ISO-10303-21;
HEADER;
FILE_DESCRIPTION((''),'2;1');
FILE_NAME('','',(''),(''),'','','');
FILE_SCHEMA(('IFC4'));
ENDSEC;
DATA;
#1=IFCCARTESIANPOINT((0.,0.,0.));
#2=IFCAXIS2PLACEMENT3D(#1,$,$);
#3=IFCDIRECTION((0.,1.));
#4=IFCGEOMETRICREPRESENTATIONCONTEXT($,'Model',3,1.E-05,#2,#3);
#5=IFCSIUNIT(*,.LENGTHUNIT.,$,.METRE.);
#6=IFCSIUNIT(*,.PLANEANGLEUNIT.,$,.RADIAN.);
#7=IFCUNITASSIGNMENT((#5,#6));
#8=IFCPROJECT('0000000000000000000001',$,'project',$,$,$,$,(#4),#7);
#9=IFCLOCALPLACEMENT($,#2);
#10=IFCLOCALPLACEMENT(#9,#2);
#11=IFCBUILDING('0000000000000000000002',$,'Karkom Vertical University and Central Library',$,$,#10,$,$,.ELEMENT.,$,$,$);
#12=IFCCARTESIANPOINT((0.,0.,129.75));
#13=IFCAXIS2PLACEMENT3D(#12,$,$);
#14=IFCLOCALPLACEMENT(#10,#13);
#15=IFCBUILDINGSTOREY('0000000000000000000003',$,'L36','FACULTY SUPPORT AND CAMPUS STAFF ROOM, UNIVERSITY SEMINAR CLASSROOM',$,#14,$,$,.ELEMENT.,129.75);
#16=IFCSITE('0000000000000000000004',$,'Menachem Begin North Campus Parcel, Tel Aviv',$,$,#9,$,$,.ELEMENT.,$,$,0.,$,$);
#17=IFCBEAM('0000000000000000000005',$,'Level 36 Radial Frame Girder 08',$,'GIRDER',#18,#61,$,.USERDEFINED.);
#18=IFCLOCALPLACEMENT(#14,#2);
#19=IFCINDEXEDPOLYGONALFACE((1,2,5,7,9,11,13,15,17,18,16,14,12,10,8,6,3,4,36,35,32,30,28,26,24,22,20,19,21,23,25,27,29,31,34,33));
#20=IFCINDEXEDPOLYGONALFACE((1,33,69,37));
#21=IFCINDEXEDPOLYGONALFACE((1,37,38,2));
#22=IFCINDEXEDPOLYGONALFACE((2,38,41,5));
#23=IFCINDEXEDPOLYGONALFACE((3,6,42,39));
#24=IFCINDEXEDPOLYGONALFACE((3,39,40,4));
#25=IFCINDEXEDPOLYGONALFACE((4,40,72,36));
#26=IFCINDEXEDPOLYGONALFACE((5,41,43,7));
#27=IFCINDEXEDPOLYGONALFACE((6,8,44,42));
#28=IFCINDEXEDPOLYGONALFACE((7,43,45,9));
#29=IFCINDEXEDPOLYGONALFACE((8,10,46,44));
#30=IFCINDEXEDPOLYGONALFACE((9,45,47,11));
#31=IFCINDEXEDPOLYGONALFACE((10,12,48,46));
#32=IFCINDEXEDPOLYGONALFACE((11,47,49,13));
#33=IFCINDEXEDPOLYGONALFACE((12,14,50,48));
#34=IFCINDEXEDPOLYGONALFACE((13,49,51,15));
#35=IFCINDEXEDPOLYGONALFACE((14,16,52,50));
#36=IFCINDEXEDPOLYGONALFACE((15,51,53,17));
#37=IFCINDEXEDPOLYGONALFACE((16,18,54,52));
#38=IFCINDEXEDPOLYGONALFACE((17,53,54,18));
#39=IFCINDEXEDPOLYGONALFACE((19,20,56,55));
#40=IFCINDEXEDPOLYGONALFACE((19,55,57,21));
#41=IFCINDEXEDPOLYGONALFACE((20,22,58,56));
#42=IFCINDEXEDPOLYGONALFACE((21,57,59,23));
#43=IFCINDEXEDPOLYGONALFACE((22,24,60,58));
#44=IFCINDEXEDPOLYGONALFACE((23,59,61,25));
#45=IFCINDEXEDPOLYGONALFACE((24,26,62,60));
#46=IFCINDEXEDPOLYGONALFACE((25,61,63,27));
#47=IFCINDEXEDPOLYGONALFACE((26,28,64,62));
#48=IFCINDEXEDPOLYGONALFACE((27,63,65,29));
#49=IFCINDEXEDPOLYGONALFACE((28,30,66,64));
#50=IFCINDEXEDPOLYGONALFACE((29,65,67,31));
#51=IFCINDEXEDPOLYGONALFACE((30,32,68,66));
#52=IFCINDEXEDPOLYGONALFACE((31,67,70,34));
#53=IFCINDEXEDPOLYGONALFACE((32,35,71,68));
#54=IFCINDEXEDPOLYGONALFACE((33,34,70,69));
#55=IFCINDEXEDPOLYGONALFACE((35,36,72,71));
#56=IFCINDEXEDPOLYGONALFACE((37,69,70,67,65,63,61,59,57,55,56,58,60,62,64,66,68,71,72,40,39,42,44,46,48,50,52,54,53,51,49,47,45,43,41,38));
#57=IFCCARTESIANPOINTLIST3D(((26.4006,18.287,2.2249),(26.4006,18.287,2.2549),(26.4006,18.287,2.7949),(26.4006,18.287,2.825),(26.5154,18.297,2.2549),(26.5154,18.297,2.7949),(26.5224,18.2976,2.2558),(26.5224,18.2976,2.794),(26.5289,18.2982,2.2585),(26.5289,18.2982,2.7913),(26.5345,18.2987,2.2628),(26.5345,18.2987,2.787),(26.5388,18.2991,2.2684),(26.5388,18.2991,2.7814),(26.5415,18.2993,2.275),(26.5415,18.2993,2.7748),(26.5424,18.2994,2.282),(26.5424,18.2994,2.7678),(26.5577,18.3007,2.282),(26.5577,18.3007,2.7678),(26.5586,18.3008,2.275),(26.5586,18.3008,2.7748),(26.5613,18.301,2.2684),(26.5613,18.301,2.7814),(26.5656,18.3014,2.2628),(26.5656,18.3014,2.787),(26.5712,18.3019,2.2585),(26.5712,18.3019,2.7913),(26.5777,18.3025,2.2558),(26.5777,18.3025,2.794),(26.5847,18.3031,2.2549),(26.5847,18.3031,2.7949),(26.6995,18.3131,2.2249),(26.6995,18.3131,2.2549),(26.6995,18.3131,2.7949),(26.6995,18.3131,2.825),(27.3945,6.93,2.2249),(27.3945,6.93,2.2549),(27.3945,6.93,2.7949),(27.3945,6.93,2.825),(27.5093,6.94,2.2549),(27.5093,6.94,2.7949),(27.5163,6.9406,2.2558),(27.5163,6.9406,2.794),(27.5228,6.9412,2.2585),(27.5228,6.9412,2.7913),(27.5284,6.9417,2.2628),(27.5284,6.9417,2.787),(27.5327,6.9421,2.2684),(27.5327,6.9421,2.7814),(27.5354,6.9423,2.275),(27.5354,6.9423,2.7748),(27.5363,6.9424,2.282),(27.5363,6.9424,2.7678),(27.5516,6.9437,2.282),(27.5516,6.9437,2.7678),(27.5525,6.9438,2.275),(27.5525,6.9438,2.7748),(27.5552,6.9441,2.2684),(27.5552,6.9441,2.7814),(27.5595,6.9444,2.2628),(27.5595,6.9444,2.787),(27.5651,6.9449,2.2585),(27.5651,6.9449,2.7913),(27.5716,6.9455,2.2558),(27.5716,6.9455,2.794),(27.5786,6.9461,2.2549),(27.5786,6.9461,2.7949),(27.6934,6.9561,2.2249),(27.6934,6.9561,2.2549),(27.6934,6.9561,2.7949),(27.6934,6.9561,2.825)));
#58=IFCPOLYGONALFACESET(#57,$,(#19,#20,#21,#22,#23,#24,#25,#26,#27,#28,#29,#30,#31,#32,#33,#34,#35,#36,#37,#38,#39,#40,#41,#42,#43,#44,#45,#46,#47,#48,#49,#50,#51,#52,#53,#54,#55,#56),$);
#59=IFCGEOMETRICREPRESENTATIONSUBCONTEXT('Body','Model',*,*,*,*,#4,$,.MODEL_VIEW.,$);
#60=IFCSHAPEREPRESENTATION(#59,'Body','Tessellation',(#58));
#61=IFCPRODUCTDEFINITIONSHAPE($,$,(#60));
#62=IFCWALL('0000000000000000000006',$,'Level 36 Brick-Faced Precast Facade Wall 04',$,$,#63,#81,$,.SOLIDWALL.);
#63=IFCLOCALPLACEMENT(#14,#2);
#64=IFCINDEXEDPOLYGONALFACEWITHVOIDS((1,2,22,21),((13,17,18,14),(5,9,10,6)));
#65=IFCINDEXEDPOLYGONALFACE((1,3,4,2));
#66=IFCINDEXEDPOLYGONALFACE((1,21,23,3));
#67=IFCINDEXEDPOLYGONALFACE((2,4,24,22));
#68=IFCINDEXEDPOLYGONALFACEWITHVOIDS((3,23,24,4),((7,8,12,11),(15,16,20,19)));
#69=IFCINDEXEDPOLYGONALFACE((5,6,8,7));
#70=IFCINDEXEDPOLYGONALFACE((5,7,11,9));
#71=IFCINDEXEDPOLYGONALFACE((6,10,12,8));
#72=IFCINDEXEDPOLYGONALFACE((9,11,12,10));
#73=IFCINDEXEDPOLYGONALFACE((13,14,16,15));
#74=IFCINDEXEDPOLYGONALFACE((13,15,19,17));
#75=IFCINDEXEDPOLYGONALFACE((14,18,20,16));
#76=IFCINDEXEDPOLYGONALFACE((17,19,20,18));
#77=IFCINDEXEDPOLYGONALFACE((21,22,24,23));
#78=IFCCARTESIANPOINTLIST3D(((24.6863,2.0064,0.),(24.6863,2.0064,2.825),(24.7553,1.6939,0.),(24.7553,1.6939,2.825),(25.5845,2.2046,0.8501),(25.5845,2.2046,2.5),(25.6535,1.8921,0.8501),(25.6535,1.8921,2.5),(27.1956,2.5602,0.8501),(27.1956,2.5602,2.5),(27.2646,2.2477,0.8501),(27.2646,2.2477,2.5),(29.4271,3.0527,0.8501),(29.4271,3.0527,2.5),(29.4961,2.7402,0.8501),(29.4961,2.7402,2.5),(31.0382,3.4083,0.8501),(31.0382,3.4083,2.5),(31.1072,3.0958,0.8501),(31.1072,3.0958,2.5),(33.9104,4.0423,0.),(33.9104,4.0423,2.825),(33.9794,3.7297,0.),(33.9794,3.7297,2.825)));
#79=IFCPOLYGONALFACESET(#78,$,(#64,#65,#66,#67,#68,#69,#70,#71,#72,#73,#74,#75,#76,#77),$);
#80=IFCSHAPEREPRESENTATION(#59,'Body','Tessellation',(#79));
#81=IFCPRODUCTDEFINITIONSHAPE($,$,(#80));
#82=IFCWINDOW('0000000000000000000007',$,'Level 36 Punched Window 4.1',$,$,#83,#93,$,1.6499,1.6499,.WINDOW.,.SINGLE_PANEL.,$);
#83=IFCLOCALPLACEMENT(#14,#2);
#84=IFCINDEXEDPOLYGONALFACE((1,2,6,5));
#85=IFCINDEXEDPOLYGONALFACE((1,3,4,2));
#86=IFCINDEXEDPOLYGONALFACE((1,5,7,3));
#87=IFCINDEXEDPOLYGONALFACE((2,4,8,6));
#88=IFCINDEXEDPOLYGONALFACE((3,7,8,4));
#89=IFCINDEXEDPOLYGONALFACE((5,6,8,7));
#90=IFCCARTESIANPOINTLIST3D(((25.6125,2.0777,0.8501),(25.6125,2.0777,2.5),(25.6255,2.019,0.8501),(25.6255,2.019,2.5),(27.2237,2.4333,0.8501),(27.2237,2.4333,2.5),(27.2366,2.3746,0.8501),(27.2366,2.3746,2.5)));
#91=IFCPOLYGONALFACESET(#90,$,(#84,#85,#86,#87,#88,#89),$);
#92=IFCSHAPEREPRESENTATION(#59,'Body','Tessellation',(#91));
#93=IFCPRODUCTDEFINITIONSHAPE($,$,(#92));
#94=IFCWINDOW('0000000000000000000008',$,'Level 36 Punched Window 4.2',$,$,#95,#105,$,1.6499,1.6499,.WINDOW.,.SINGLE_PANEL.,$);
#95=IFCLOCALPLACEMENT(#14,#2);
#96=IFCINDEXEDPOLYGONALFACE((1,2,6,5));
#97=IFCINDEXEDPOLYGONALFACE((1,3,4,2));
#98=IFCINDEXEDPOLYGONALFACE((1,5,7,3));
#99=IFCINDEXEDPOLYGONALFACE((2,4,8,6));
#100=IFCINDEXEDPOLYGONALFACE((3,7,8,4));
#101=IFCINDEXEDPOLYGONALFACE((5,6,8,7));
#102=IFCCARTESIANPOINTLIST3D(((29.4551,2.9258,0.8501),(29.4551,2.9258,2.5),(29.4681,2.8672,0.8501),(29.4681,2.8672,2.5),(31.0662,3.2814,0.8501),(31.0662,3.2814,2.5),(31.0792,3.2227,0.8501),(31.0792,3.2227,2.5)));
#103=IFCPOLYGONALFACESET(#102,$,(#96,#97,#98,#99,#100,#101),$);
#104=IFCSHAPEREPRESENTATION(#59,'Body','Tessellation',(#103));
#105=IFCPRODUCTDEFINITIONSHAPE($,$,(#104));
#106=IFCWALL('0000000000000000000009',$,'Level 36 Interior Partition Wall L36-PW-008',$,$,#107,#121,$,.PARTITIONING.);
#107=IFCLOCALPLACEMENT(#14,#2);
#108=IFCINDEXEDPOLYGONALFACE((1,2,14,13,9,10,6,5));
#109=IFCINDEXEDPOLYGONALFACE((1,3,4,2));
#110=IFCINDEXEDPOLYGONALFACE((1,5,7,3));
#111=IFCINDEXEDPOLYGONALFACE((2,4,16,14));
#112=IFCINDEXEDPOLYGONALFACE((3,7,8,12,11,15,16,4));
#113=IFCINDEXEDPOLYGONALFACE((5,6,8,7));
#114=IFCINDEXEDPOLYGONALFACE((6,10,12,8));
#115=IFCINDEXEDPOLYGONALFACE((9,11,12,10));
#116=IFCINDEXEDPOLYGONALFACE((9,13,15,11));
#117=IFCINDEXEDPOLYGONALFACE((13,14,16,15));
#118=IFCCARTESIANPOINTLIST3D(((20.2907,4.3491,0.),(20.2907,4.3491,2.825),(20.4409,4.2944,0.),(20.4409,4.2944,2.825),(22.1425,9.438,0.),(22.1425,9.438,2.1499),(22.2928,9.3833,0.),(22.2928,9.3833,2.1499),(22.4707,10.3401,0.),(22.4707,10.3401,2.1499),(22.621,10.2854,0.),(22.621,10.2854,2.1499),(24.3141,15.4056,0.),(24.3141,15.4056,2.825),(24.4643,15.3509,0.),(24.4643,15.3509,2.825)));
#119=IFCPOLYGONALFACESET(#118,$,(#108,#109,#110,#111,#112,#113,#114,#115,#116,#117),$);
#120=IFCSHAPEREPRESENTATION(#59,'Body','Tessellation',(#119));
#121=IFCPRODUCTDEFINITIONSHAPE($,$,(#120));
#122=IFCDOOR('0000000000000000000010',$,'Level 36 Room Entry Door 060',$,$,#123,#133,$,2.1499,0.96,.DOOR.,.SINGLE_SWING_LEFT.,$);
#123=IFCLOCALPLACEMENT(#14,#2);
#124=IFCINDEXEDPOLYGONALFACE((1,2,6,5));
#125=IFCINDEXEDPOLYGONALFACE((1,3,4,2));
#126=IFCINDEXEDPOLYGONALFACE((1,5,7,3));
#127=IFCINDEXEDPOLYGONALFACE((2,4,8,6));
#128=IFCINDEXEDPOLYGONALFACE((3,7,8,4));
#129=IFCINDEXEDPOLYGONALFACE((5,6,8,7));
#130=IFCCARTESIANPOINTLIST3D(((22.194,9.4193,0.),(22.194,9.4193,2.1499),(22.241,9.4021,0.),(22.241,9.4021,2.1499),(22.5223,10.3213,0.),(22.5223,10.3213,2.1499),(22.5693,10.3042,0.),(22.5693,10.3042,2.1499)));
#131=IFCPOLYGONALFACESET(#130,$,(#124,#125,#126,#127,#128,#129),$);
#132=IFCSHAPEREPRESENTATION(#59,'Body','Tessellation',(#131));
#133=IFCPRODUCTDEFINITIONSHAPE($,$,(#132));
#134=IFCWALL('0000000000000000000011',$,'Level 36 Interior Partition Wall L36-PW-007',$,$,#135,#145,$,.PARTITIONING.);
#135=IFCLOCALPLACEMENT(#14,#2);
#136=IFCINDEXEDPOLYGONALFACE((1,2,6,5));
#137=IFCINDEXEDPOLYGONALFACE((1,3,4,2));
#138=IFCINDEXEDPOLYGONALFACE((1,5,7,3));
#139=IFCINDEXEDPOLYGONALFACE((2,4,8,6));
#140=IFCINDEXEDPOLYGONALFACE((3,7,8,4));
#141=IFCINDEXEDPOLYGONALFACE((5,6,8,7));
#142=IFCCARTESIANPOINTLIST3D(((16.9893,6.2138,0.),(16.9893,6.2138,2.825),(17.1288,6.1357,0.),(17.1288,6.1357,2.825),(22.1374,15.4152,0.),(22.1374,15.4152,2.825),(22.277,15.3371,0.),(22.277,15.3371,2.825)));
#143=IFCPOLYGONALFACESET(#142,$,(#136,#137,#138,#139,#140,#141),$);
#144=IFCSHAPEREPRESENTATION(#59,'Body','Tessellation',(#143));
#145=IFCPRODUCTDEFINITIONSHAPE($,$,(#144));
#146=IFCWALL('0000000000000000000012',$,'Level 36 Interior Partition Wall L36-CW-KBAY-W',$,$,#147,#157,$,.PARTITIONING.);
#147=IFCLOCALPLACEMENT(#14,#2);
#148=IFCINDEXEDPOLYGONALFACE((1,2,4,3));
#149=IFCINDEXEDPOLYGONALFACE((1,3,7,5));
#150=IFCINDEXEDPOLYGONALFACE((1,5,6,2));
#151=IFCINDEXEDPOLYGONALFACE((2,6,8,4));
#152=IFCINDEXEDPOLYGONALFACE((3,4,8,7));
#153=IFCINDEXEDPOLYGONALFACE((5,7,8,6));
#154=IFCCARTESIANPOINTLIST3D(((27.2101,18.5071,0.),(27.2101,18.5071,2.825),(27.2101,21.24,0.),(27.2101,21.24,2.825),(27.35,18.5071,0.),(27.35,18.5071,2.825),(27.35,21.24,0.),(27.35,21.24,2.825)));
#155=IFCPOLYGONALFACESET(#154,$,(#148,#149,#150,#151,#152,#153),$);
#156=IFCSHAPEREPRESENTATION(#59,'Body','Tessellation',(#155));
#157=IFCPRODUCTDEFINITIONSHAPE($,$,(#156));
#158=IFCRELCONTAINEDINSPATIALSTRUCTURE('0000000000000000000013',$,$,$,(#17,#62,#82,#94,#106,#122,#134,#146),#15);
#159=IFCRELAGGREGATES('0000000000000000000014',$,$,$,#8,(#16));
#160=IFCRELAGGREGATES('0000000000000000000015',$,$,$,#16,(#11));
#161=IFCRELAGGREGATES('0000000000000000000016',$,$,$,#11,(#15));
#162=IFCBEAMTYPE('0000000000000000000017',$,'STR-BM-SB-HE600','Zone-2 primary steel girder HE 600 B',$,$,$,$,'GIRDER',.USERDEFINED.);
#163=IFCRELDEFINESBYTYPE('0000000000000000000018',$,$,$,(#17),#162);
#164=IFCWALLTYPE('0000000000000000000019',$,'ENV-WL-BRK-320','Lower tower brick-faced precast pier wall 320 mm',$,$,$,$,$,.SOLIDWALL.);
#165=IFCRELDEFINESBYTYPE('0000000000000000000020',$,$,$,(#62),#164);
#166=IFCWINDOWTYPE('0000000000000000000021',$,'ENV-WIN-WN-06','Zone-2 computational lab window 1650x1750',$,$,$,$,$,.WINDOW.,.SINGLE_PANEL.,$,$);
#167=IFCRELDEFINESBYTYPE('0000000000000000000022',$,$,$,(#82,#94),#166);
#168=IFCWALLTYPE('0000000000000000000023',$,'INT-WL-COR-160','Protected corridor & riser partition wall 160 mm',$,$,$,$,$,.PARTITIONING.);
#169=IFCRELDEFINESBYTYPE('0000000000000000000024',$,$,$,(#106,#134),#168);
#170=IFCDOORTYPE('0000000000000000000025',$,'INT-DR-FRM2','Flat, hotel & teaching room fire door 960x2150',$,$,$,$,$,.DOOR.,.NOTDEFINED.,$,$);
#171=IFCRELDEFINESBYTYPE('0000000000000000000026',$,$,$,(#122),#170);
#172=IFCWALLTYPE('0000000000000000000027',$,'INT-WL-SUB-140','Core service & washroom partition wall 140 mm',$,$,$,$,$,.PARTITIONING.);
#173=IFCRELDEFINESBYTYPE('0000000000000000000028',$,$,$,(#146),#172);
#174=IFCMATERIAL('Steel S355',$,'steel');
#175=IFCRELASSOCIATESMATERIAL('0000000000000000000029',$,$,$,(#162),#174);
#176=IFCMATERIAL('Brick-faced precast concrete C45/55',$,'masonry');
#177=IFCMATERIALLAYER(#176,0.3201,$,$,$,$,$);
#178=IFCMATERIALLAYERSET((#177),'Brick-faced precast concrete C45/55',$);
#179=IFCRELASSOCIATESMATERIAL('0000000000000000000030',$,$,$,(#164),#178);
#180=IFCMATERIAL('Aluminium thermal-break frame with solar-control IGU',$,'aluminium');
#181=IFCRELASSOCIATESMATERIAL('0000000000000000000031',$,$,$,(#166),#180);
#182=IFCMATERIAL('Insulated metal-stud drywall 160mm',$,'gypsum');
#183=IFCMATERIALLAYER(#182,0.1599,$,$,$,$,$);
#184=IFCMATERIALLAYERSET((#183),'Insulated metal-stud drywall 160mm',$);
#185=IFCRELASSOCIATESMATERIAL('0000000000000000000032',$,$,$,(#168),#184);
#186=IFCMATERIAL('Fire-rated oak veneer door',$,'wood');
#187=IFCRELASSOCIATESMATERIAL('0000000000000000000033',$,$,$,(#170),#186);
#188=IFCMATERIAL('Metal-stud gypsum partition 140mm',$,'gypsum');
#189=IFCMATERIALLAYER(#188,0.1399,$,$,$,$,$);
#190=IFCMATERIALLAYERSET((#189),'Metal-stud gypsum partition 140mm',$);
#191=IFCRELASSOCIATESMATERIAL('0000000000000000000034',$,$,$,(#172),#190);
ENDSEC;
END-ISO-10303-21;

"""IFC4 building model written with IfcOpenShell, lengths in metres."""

from ifc_helpers import new_model, si_unit, direction, frame, frame_2d, origin, origin_with_axes, origin_2d, place, context, subcontext, project, spatial, rectangle, i_section, extrude, source, transform, mapped, material, layer, layer_set, material_profile, profile_set, type_object, element, fill, save


model = new_model("IFC4")

# Units and contexts
model_context = context("Model", 3, precision=1e-05, world=origin(), true_north=direction((0.0, 1.0)))
body_context = subcontext(model_context, "Body", "Model", "MODEL_VIEW")
ifc_project = project(units=[si_unit("LENGTHUNIT", "METRE"), si_unit("PLANEANGLEUNIT", "RADIAN")], contexts=[model_context])

# Site, building, storey
site_placement = place(None, origin())
site = spatial("IfcSite", under=ifc_project, at=site_placement, Name="Menachem Begin North Campus Parcel, Tel Aviv", CompositionType="ELEMENT", RefElevation=0.0)
building_placement = place(site_placement, origin())
building = spatial("IfcBuilding", under=site, at=building_placement, Name="Karkom Vertical University and Central Library", CompositionType="ELEMENT")
storey_placement = place(building_placement, frame((0.0, 0.0, 129.75)))
storey = spatial("IfcBuildingStorey", under=building, at=storey_placement, Name="L36", Description="FACULTY SUPPORT AND CAMPUS STAFF ROOM, UNIVERSITY SEMINAR CLASSROOM", CompositionType="ELEMENT", Elevation=129.75)

# Beam
ifc_material_1 = material(Name="Steel S355", Category="steel")
ifc_material_profile_1 = material_profile(ifc_material_1, i_section(OverallWidth=0.3, OverallDepth=0.6001, WebThickness=0.0154, FlangeThickness=0.03, FilletRadius=0.0271, at=origin_2d()), Name="HE 600 B")
ifc_profile_set_1 = profile_set([ifc_material_profile_1], Name="Steel S355")
beam_type_1 = type_object("IfcBeamType", Name="STR-BM-SB-HE600", Description="Zone-2 primary steel girder HE 600 B", ElementType="GIRDER", PredefinedType="USERDEFINED", material=ifc_profile_set_1)
shared_shape_1 = source(origin_with_axes(), body_context, "Body", "SweptSolid", [
    extrude(i_section(OverallWidth=0.3, OverallDepth=0.6001, WebThickness=0.0154, FlangeThickness=0.03, FilletRadius=0.0271, at=origin_2d()), origin(), (0.0, 0.0, 1.0), 11.4004),
])
beam_1_placement = place(storey_placement, frame((26.55, 18.3, 2.5249), z_axis=(0.087181, -0.996192, 0.0), x_axis=(0.996192, 0.087181, 0.0)))
element("IfcBeam", 1, at=beam_1_placement, inside=storey, type_object=beam_type_1, Name="Level 36 Radial Frame Girder 08", ObjectType="GIRDER", PredefinedType="USERDEFINED", context=body_context, shape_type="MappedRepresentation", body=[
    mapped(shared_shape_1, transform((0.0, 0.0, 0.0), scale=1.0)),
])

# Wall, openings, windows
ifc_material_2 = material(Name="Brick-faced precast concrete C45/55", Category="masonry")
ifc_layer_1 = layer(ifc_material_2, 0.3201)
ifc_layer_set_1 = layer_set([ifc_layer_1], Name="Brick-faced precast concrete C45/55")
wall_type_1 = type_object("IfcWallType", Name="ENV-WL-BRK-320", Description="Lower tower brick-faced precast pier wall 320 mm", PredefinedType="SOLIDWALL", material=ifc_layer_set_1)
wall_1_placement = place(storey_placement, frame((24.7207, 1.8501, 0.0), z_axis=(0.0, 0.0, 1.0), x_axis=(0.976498, 0.215526, 0.0)))
wall_1 = element("IfcWall", 2, at=wall_1_placement, inside=storey, type_object=wall_type_1, Name="Level 36 Brick-Faced Precast Facade Wall 04", PredefinedType="SOLIDWALL", context=body_context, shape_type="SweptSolid", body=[
    extrude(rectangle(XDim=9.446, YDim=0.3201, at=frame_2d((4.7231, 0.0))), origin(), (0.0, 0.0, 1.0), 2.825),
])
opening_1_placement = place(wall_1_placement, frame((0.9199, 0.0, 0.8501)))
opening_1 = element("IfcOpeningElement", 3, at=opening_1_placement, cuts=wall_1, PredefinedType="OPENING", context=body_context, shape_type="SweptSolid", body=[
    extrude(rectangle(XDim=1.6499, YDim=1.6499, at=frame_2d((0.825, 0.825))), frame((0.0, 0.1699, 0.0), z_axis=(0.0, -1.0, 0.0), x_axis=(1.0, 0.0, 0.0)), (0.0, 0.0, 1.0), 0.3401),
])
opening_2_placement = place(wall_1_placement, frame((4.855, 0.0, 0.8501)))
opening_2 = element("IfcOpeningElement", 4, at=opening_2_placement, cuts=wall_1, PredefinedType="OPENING", context=body_context, shape_type="SweptSolid", body=[
    extrude(rectangle(XDim=1.6499, YDim=1.6499, at=frame_2d((0.825, 0.825))), frame((0.0, 0.1699, 0.0), z_axis=(0.0, -1.0, 0.0), x_axis=(1.0, 0.0, 0.0)), (0.0, 0.0, 1.0), 0.3401),
])
ifc_material_3 = material(Name="Aluminium thermal-break frame with solar-control IGU", Category="aluminium")
window_type = type_object("IfcWindowType", Name="ENV-WIN-WN-06", Description="Zone-2 computational lab window 1650x1750", PartitioningType="SINGLE_PANEL", PredefinedType="WINDOW", material=ifc_material_3)
shared_shape_2 = source(origin_with_axes(), body_context, "Body", "SweptSolid", [
    extrude(rectangle(XDim=1.6499, YDim=1.6499, at=frame_2d((0.825, 0.825))), frame((0.0, 0.03, 0.0), z_axis=(0.0, -1.0, 0.0), x_axis=(1.0, 0.0, 0.0)), (0.0, 0.0, 1.0), 0.0601),
])
window_1_placement = place(opening_1_placement, origin())
window_1 = element("IfcWindow", 5, at=window_1_placement, inside=storey, type_object=window_type, Name="Level 36 Punched Window 4.1", OverallHeight=1.6499, OverallWidth=1.6499, PartitioningType="SINGLE_PANEL", PredefinedType="WINDOW", context=body_context, shape_type="MappedRepresentation", body=[
    mapped(shared_shape_2, transform((0.0, 0.0, 0.0), scale=1.0)),
])
fill(opening_1, window_1)
window_2_placement = place(opening_2_placement, origin())
window_2 = element("IfcWindow", 6, at=window_2_placement, inside=storey, type_object=window_type, Name="Level 36 Punched Window 4.2", OverallHeight=1.6499, OverallWidth=1.6499, PartitioningType="SINGLE_PANEL", PredefinedType="WINDOW", context=body_context, shape_type="MappedRepresentation", body=[
    mapped(shared_shape_2, transform((0.0, 0.0, 0.0), scale=1.0)),
])
fill(opening_2, window_2)

# Wall, opening, door
ifc_material_4 = material(Name="Insulated metal-stud drywall 160mm", Category="gypsum")
ifc_layer_2 = layer(ifc_material_4, 0.1599)
ifc_layer_set_2 = layer_set([ifc_layer_2], Name="Insulated metal-stud drywall 160mm")
wall_type_2 = type_object("IfcWallType", Name="INT-WL-COR-160", Description="Protected corridor & riser partition wall 160 mm", PredefinedType="PARTITIONING", material=ifc_layer_set_2)
wall_2_placement = place(storey_placement, frame((24.3892, 15.3782, 0.0), z_axis=(0.0, 0.0, 1.0), x_axis=(-0.341956, -0.939716, 0.0)))
wall_2 = element("IfcWall", 7, at=wall_2_placement, inside=storey, type_object=wall_type_2, Name="Level 36 Interior Partition Wall L36-PW-008", PredefinedType="PARTITIONING", context=body_context, shape_type="SweptSolid", body=[
    extrude(rectangle(XDim=11.7659, YDim=0.1599, at=frame_2d((5.8828, 0.0))), origin(), (0.0, 0.0, 1.0), 2.825),
])
opening_3_placement = place(wall_2_placement, frame((5.3904, 0.0, 0.0)))
opening_3 = element("IfcOpeningElement", 8, at=opening_3_placement, cuts=wall_2, PredefinedType="OPENING", context=body_context, shape_type="SweptSolid", body=[
    extrude(rectangle(XDim=0.96, YDim=2.1499, at=frame_2d((0.48, 1.075))), frame((0.0, 0.0898, 0.0), z_axis=(0.0, -1.0, 0.0), x_axis=(1.0, 0.0, 0.0)), (0.0, 0.0, 1.0), 0.1799),
])
ifc_material_5 = material(Name="Fire-rated oak veneer door", Category="wood")
door_type_1 = type_object("IfcDoorType", Name="INT-DR-FRM2", Description="Flat, hotel & teaching room fire door 960x2150", OperationType="NOTDEFINED", PredefinedType="DOOR", material=ifc_material_5)
shared_shape_3 = source(origin_with_axes(), body_context, "Body", "SweptSolid", [
    extrude(rectangle(XDim=0.96, YDim=2.1499, at=frame_2d((0.48, 1.075))), frame((0.0, 0.0249, 0.0), z_axis=(0.0, -1.0, 0.0), x_axis=(1.0, 0.0, 0.0)), (0.0, 0.0, 1.0), 0.05),
])
door_1_placement = place(opening_3_placement, origin())
door_1 = element("IfcDoor", 9, at=door_1_placement, inside=storey, type_object=door_type_1, Name="Level 36 Room Entry Door 060", OperationType="SINGLE_SWING_LEFT", OverallHeight=2.1499, OverallWidth=0.96, PredefinedType="DOOR", context=body_context, shape_type="MappedRepresentation", body=[
    mapped(shared_shape_3, transform((0.0, 0.0, 0.0), scale=1.0)),
])
fill(opening_3, door_1)

# Walls
wall_3_placement = place(storey_placement, frame((22.2073, 15.3762, 0.0), z_axis=(0.0, 0.0, 1.0), x_axis=(-0.488271, -0.872692, 0.0)))
element("IfcWall", 10, at=wall_3_placement, inside=storey, type_object=wall_type_2, Name="Level 36 Interior Partition Wall L36-PW-007", PredefinedType="PARTITIONING", context=body_context, shape_type="SweptSolid", body=[
    extrude(rectangle(XDim=10.5437, YDim=0.1599, at=frame_2d((5.272, 0.0))), origin(), (0.0, 0.0, 1.0), 2.825),
])
ifc_material_6 = material(Name="Metal-stud gypsum partition 140mm", Category="gypsum")
ifc_layer_3 = layer(ifc_material_6, 0.1399)
ifc_layer_set_3 = layer_set([ifc_layer_3], Name="Metal-stud gypsum partition 140mm")
wall_type_3 = type_object("IfcWallType", Name="INT-WL-SUB-140", Description="Core service & washroom partition wall 140 mm", PredefinedType="PARTITIONING", material=ifc_layer_set_3)
wall_4_placement = place(storey_placement, frame((27.28, 18.5071, 0.0), z_axis=(0.0, 0.0, 1.0), x_axis=(0.0, 1.0, 0.0)))
element("IfcWall", 11, at=wall_4_placement, inside=storey, type_object=wall_type_3, Name="Level 36 Interior Partition Wall L36-CW-KBAY-W", PredefinedType="PARTITIONING", context=body_context, shape_type="SweptSolid", body=[
    extrude(rectangle(XDim=2.7329, YDim=0.1399, at=frame_2d((1.3665, 0.0))), origin(), (0.0, 0.0, 1.0), 2.825),
])

save(model, "model.ifc")
